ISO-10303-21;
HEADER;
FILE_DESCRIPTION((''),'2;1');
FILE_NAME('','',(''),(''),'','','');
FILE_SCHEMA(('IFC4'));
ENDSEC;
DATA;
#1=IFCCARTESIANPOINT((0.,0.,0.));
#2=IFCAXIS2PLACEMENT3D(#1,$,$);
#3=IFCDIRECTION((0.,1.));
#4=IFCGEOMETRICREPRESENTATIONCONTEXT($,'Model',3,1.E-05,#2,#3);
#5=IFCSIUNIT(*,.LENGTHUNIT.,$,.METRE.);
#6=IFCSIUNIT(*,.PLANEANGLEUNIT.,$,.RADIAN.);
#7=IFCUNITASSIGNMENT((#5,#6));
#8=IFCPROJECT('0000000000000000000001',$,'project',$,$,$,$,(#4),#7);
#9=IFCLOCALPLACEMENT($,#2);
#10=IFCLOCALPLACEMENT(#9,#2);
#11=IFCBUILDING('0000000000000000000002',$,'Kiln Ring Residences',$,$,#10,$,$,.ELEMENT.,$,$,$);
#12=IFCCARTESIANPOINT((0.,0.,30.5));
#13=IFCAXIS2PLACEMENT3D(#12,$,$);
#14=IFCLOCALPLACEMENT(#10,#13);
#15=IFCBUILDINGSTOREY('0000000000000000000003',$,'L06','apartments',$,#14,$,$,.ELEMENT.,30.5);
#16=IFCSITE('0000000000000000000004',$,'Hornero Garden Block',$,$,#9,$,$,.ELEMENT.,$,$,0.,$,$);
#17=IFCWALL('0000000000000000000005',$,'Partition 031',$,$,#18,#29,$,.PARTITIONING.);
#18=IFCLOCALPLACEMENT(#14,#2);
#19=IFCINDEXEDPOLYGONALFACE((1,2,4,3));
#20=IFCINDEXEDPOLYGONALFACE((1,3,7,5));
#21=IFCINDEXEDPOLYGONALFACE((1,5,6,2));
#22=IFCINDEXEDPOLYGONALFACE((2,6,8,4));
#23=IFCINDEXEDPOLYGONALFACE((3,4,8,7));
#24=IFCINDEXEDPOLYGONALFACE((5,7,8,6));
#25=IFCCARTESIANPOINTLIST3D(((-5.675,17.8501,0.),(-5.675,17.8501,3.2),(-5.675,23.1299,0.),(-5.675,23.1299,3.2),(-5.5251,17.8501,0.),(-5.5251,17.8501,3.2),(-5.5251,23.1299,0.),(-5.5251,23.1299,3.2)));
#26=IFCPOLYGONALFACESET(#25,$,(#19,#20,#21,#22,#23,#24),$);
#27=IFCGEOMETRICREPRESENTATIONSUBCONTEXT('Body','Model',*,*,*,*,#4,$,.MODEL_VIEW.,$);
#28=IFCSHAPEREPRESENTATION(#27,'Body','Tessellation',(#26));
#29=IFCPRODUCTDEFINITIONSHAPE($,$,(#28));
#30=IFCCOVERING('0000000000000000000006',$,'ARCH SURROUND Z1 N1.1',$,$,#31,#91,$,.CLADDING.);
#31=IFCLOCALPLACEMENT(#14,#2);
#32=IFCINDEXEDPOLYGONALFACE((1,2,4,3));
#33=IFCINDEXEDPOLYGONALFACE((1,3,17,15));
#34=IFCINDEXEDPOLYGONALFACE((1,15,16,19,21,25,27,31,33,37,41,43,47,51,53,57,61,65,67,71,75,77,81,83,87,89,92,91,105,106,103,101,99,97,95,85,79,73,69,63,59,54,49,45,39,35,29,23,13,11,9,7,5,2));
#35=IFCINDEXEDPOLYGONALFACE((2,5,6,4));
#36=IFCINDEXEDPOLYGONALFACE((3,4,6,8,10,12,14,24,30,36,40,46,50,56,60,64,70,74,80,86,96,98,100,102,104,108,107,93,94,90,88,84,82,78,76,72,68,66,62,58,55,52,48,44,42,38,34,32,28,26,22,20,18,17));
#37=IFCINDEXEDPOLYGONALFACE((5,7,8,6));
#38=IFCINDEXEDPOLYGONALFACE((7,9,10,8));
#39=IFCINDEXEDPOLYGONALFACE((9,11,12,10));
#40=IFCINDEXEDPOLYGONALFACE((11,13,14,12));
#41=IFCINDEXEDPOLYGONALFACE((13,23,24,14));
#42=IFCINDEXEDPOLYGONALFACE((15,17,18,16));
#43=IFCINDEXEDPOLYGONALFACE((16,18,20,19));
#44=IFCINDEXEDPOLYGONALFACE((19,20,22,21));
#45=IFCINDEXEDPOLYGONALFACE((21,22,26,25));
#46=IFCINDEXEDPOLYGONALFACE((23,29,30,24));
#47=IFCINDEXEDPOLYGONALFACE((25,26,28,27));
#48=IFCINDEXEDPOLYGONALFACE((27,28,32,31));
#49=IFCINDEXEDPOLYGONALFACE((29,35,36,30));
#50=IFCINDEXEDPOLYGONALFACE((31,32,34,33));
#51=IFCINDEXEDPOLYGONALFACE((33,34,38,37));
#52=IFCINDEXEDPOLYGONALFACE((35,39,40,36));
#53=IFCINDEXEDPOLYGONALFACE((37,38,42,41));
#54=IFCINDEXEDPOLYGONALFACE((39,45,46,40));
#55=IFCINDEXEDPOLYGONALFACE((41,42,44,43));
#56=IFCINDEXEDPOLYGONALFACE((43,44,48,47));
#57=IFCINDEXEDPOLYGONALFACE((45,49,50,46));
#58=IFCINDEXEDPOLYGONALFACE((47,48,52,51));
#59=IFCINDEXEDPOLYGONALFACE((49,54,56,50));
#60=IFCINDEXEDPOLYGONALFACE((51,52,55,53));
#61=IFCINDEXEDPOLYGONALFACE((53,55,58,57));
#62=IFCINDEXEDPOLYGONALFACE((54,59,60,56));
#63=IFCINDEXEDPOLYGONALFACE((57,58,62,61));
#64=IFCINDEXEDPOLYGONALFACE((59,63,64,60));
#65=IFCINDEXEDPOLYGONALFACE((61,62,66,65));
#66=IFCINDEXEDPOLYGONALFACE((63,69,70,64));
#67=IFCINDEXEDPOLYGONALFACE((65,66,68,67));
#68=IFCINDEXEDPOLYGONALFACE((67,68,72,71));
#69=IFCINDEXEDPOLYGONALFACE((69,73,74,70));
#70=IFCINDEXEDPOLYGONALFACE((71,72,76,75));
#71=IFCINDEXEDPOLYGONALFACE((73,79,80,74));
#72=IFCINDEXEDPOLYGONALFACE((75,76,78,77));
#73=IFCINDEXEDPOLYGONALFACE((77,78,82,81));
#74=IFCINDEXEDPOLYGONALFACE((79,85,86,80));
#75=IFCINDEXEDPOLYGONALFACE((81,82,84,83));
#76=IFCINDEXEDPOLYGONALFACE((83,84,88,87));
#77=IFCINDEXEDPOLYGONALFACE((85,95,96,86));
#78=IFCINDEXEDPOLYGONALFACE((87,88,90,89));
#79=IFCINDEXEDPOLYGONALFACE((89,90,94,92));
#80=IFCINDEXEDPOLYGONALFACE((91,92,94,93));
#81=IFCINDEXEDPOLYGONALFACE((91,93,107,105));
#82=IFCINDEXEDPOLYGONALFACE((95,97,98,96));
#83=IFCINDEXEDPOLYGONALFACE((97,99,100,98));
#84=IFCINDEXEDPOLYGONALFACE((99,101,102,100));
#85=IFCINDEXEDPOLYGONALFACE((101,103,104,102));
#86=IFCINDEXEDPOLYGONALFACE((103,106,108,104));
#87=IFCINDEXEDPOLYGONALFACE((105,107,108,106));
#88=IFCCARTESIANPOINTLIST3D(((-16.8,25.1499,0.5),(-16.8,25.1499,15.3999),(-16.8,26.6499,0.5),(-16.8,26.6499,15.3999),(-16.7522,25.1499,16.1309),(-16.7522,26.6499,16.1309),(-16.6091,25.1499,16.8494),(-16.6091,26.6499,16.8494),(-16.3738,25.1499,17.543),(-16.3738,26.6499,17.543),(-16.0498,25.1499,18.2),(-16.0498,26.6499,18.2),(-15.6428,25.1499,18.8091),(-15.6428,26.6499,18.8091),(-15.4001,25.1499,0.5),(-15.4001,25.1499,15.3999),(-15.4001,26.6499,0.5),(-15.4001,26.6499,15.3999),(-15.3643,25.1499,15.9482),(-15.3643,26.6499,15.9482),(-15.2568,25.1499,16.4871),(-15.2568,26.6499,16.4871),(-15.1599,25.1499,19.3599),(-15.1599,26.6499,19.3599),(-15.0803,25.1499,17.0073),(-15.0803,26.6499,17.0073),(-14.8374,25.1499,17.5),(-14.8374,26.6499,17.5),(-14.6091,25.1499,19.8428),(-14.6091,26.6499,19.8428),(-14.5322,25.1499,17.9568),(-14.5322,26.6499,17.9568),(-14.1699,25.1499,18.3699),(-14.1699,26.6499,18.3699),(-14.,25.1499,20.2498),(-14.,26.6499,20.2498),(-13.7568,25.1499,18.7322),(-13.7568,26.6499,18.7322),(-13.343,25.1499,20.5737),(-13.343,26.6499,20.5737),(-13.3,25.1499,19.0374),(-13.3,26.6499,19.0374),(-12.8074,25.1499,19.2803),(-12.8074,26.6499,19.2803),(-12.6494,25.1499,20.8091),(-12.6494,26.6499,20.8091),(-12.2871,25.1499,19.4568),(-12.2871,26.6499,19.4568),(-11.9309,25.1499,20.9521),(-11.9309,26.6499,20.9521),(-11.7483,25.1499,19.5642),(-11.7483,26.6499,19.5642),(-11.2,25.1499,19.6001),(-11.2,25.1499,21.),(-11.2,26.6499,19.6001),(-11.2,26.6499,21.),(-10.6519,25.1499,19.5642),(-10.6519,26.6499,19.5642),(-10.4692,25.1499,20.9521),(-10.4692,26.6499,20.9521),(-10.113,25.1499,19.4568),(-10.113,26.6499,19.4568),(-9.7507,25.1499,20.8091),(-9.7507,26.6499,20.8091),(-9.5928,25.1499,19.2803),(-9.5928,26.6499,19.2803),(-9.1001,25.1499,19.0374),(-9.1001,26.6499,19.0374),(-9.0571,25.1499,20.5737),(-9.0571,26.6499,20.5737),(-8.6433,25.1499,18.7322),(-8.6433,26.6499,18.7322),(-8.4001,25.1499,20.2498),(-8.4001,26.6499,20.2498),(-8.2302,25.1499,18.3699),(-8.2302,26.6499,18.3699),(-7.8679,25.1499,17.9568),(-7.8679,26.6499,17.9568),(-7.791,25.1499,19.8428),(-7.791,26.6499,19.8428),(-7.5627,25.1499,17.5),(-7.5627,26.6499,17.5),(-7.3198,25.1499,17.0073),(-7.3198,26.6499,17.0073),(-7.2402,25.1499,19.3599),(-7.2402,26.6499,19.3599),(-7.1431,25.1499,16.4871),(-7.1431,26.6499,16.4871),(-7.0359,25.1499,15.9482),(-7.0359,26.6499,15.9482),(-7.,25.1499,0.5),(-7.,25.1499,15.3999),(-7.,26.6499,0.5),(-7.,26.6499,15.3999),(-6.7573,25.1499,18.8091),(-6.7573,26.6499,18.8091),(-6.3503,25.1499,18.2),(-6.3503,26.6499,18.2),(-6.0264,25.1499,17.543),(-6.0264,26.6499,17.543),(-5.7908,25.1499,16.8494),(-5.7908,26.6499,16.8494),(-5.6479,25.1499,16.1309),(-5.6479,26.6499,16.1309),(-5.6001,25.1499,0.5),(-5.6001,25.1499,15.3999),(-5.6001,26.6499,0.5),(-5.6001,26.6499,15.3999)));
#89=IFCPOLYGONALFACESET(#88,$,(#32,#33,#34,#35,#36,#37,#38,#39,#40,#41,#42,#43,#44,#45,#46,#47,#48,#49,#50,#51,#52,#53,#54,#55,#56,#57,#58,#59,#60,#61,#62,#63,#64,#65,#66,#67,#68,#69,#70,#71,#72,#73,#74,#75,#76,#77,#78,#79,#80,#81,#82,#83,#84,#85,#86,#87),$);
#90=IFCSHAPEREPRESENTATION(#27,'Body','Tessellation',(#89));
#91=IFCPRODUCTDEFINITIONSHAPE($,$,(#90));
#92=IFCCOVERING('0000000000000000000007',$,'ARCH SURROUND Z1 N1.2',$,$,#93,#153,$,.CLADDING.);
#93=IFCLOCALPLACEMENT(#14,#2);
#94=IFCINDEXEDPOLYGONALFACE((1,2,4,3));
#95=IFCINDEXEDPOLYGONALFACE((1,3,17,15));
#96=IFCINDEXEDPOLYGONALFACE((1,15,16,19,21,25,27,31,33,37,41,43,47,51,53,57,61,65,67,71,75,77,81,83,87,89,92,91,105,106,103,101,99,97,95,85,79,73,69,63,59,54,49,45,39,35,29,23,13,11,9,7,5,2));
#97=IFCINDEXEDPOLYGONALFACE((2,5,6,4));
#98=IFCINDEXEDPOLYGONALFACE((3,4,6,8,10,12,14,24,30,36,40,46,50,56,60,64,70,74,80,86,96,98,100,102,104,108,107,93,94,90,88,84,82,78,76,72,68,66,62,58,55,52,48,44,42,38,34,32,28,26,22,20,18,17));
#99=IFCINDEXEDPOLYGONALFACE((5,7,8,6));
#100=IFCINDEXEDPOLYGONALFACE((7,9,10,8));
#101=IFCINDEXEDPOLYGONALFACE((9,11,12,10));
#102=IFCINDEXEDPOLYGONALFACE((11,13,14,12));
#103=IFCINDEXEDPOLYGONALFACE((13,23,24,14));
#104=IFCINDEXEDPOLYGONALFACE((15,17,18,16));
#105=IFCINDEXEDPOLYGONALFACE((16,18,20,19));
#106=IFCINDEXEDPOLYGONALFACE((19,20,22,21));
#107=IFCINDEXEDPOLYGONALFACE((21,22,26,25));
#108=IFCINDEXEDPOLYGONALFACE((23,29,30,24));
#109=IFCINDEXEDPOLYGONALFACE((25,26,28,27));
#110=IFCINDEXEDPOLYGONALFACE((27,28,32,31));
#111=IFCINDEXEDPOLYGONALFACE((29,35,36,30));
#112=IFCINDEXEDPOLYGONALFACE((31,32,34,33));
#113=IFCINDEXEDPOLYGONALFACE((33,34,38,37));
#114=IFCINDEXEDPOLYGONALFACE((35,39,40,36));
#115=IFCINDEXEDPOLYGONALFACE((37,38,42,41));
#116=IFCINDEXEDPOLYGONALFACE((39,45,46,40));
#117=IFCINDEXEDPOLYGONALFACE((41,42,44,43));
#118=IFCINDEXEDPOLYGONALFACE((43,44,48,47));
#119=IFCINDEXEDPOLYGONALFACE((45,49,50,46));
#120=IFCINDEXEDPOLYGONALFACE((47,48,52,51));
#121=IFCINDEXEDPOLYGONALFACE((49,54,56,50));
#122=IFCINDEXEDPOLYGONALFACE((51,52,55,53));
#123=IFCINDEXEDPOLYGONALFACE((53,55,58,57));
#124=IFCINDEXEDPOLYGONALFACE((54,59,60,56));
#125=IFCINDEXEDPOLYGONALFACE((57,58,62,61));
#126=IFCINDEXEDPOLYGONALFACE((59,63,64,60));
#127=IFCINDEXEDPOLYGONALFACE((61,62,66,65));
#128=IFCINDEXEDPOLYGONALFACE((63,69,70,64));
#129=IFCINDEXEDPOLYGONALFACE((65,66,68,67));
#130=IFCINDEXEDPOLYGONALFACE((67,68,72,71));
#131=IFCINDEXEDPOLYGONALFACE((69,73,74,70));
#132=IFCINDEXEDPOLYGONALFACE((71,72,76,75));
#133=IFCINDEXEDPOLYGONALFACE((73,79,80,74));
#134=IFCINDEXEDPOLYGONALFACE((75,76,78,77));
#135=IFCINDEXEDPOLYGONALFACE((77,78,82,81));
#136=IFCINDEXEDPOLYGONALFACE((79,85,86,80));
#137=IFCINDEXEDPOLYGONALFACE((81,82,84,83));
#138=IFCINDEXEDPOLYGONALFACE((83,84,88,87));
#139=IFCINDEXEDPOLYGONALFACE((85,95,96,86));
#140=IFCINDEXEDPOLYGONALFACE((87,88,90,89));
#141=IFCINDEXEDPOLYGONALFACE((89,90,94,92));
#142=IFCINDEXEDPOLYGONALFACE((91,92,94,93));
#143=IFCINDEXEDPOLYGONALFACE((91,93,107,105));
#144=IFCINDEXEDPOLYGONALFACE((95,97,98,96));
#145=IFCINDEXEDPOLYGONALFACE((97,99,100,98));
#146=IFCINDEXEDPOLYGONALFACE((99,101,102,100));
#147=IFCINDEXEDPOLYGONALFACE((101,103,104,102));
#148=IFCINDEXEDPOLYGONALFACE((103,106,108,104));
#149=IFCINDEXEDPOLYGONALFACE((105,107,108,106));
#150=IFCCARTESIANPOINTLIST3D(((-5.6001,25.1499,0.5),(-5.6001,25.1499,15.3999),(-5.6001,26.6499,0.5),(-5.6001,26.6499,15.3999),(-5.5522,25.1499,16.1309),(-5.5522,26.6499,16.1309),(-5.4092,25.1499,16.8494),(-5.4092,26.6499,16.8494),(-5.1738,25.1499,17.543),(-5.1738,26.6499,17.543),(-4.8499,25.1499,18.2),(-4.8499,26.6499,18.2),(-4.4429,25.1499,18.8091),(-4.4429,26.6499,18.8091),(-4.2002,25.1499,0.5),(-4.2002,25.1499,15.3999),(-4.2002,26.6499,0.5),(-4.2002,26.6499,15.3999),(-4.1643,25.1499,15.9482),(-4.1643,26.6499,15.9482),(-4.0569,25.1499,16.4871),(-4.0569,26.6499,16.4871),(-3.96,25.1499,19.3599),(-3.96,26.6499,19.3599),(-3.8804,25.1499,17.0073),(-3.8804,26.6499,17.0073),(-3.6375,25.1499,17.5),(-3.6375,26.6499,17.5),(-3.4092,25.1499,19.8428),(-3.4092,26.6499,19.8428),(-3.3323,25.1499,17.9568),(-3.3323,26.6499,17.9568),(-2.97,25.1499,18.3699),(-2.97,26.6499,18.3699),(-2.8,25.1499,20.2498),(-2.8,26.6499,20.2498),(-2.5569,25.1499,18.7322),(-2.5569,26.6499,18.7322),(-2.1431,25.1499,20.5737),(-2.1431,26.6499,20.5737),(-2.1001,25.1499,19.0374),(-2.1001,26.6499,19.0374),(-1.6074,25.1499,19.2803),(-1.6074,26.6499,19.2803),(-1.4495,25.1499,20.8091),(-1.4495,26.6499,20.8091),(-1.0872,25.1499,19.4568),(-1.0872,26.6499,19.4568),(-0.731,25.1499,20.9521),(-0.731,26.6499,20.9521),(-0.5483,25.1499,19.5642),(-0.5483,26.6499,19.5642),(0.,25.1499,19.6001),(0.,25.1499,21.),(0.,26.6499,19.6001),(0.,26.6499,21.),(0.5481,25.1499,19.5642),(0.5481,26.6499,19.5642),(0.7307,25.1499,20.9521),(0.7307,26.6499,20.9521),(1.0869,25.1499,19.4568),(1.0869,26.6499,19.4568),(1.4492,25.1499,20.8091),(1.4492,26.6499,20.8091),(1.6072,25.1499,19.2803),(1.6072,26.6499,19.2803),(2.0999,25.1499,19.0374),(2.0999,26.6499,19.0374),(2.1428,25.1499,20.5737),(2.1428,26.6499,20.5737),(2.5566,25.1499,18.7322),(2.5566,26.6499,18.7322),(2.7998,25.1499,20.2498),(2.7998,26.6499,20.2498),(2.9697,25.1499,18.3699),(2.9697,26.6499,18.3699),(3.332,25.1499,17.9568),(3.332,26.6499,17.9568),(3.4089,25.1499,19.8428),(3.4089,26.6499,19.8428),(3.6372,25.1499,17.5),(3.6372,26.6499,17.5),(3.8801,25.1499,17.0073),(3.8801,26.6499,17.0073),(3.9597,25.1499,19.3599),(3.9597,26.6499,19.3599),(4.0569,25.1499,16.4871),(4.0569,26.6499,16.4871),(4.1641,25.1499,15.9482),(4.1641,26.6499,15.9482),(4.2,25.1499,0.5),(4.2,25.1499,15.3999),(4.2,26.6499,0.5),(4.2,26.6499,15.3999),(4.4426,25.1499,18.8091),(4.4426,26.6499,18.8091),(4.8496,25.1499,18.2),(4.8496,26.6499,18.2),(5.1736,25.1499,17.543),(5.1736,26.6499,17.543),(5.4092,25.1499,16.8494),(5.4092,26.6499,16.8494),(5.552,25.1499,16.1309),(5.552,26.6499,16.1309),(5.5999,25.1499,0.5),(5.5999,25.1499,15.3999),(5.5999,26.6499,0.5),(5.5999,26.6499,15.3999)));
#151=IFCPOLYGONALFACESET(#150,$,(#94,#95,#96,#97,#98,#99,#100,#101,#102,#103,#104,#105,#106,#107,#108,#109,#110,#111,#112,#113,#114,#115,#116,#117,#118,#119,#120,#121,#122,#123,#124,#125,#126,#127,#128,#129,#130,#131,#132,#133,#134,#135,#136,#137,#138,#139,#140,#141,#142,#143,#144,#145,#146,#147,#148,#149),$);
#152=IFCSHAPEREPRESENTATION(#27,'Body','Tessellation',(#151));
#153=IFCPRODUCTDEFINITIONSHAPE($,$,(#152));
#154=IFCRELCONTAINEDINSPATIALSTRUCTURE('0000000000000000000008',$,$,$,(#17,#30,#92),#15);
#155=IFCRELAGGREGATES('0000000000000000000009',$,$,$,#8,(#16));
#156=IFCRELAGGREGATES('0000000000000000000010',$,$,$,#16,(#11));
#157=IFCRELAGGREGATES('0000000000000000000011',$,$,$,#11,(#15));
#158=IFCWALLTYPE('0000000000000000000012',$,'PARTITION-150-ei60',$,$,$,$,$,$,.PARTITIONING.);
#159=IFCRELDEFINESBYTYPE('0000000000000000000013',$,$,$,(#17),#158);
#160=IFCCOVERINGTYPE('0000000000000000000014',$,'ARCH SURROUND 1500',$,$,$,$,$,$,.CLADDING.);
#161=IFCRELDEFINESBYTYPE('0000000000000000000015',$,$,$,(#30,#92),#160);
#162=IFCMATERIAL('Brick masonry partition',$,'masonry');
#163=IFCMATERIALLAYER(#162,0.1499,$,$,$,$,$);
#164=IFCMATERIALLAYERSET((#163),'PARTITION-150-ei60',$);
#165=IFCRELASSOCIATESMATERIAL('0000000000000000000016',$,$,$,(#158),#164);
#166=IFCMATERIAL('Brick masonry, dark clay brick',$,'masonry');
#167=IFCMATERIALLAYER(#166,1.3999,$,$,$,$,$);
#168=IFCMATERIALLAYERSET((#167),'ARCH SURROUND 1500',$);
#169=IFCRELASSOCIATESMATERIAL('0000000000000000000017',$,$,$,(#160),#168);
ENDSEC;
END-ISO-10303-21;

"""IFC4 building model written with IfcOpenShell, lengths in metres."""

from ifc_helpers import new_model, si_unit, direction, frame, frame_2d, origin, place, context, subcontext, project, spatial, polyline, rectangle, outline, extrude, material, layer, layer_set, type_object, element, save


model = new_model("IFC4")

# Units and contexts
model_context = context("Model", 3, precision=1e-05, world=origin(), true_north=direction((0.0, 1.0)))
body_context = subcontext(model_context, "Body", "Model", "MODEL_VIEW")
ifc_project = project(units=[si_unit("LENGTHUNIT", "METRE"), si_unit("PLANEANGLEUNIT", "RADIAN")], contexts=[model_context])

# Site, building, storey
site_placement = place(None, origin())
site = spatial("IfcSite", under=ifc_project, at=site_placement, Name="Hornero Garden Block", CompositionType="ELEMENT", RefElevation=0.0)
building_placement = place(site_placement, origin())
building = spatial("IfcBuilding", under=site, at=building_placement, Name="Kiln Ring Residences", CompositionType="ELEMENT")
storey_placement = place(building_placement, frame((0.0, 0.0, 30.5)))
storey = spatial("IfcBuildingStorey", under=building, at=storey_placement, Name="L06", Description="apartments", CompositionType="ELEMENT", Elevation=30.5)

# Wall
ifc_material_1 = material(Name="Brick masonry partition", Category="masonry")
ifc_layer_1 = layer(ifc_material_1, 0.1499)
ifc_layer_set_1 = layer_set([ifc_layer_1], Name="PARTITION-150-ei60")
wall_type_1 = type_object("IfcWallType", Name="PARTITION-150-ei60", PredefinedType="PARTITIONING", material=ifc_layer_set_1)
wall_1_placement = place(storey_placement, frame((-5.6001, 17.8501, 0.0), z_axis=(0.0, 0.0, 1.0), x_axis=(0.0, 1.0, 0.0)))
element("IfcWall", 1, at=wall_1_placement, inside=storey, type_object=wall_type_1, Name="Partition 031", PredefinedType="PARTITIONING", context=body_context, shape_type="SweptSolid", body=[
    extrude(rectangle(XDim=5.2798, YDim=0.1499, at=frame_2d((2.6399, 0.0))), origin(), (0.0, 0.0, 1.0), 3.2),
])

# Coverings
ifc_material_2 = material(Name="Brick masonry, dark clay brick", Category="masonry")
ifc_layer_2 = layer(ifc_material_2, 1.3999)
ifc_layer_set_2 = layer_set([ifc_layer_2], Name="ARCH SURROUND 1500")
covering_type = type_object("IfcCoveringType", Name="ARCH SURROUND 1500", PredefinedType="CLADDING", material=ifc_layer_set_2)
covering_1_placement = place(storey_placement, frame((-16.8, 25.8999, 0.5), z_axis=(0.0, 0.0, 1.0), x_axis=(1.0, 0.0, 0.0)))
element("IfcCovering", 2, at=covering_1_placement, inside=storey, type_object=covering_type, Name="ARCH SURROUND Z1 N1.1", PredefinedType="CLADDING", context=body_context, shape_type="SweptSolid", body=[
    extrude(outline(polyline([(0.0, 0.0), (0.0, 14.8999), (0.0479, 15.6309), (0.1909, 16.3494), (0.4263, 17.043), (0.7502, 17.7), (1.1572, 18.3091), (1.6401, 18.8599), (2.1909, 19.3428), (2.8, 19.7498), (3.457, 20.0737), (4.1506, 20.3091), (4.8691, 20.4521), (5.6001, 20.5), (6.3308, 20.4521), (7.0493, 20.3091), (7.7429, 20.0737), (8.3999, 19.7498), (9.009, 19.3428), (9.5598, 18.8599), (10.0427, 18.3091), (10.4497, 17.7), (10.7737, 17.043), (11.0093, 16.3494), (11.1521, 15.6309), (11.2, 14.8999), (11.2, 0.0), (9.8, 0.0), (9.8, 14.8999), (9.7642, 15.4482), (9.657, 15.9871), (9.4802, 16.5073), (9.2373, 17.0), (8.9321, 17.4568), (8.5698, 17.8699), (8.1567, 18.2322), (7.7, 18.5374), (7.2073, 18.7803), (6.687, 18.9568), (6.1482, 19.0642), (5.6001, 19.1001), (5.0518, 19.0642), (4.5129, 18.9568), (3.9927, 18.7803), (3.5, 18.5374), (3.0432, 18.2322), (2.6301, 17.8699), (2.2678, 17.4568), (1.9626, 17.0), (1.7197, 16.5073), (1.5432, 15.9871), (1.4358, 15.4482), (1.3999, 14.8999), (1.3999, 0.0), (0.0, 0.0)])), frame((0.0, 0.75, 0.0), z_axis=(0.0, -1.0, 0.0), x_axis=(1.0, 0.0, 0.0)), (0.0, 0.0, 1.0), 1.5),
])
covering_2_placement = place(storey_placement, frame((-5.6001, 25.8999, 0.5), z_axis=(0.0, 0.0, 1.0), x_axis=(1.0, 0.0, 0.0)))
element("IfcCovering", 3, at=covering_2_placement, inside=storey, type_object=covering_type, Name="ARCH SURROUND Z1 N1.2", PredefinedType="CLADDING", context=body_context, shape_type="SweptSolid", body=[
    extrude(outline(polyline([(0.0, 0.0), (0.0, 14.8999), (0.0479, 15.6309), (0.1909, 16.3494), (0.4263, 17.043), (0.7502, 17.7), (1.1572, 18.3091), (1.6401, 18.8599), (2.1909, 19.3428), (2.8, 19.7498), (3.457, 20.0737), (4.1506, 20.3091), (4.8691, 20.4521), (5.6001, 20.5), (6.3308, 20.4521), (7.0493, 20.3091), (7.7429, 20.0737), (8.3999, 19.7498), (9.009, 19.3428), (9.5598, 18.8599), (10.0427, 18.3091), (10.4497, 17.7), (10.7737, 17.043), (11.0093, 16.3494), (11.1521, 15.6309), (11.2, 14.8999), (11.2, 0.0), (9.8, 0.0), (9.8, 14.8999), (9.7642, 15.4482), (9.657, 15.9871), (9.4802, 16.5073), (9.2373, 17.0), (8.9321, 17.4568), (8.5698, 17.8699), (8.1567, 18.2322), (7.7, 18.5374), (7.2073, 18.7803), (6.687, 18.9568), (6.1482, 19.0642), (5.6001, 19.1001), (5.0518, 19.0642), (4.5129, 18.9568), (3.9927, 18.7803), (3.5, 18.5374), (3.0432, 18.2322), (2.6301, 17.8699), (2.2678, 17.4568), (1.9626, 17.0), (1.7197, 16.5073), (1.5432, 15.9871), (1.4358, 15.4482), (1.3999, 14.8999), (1.3999, 0.0), (0.0, 0.0)])), frame((0.0, 0.75, 0.0), z_axis=(0.0, -1.0, 0.0), x_axis=(1.0, 0.0, 0.0)), (0.0, 0.0, 1.0), 1.5),
])

save(model, "model.ifc")
